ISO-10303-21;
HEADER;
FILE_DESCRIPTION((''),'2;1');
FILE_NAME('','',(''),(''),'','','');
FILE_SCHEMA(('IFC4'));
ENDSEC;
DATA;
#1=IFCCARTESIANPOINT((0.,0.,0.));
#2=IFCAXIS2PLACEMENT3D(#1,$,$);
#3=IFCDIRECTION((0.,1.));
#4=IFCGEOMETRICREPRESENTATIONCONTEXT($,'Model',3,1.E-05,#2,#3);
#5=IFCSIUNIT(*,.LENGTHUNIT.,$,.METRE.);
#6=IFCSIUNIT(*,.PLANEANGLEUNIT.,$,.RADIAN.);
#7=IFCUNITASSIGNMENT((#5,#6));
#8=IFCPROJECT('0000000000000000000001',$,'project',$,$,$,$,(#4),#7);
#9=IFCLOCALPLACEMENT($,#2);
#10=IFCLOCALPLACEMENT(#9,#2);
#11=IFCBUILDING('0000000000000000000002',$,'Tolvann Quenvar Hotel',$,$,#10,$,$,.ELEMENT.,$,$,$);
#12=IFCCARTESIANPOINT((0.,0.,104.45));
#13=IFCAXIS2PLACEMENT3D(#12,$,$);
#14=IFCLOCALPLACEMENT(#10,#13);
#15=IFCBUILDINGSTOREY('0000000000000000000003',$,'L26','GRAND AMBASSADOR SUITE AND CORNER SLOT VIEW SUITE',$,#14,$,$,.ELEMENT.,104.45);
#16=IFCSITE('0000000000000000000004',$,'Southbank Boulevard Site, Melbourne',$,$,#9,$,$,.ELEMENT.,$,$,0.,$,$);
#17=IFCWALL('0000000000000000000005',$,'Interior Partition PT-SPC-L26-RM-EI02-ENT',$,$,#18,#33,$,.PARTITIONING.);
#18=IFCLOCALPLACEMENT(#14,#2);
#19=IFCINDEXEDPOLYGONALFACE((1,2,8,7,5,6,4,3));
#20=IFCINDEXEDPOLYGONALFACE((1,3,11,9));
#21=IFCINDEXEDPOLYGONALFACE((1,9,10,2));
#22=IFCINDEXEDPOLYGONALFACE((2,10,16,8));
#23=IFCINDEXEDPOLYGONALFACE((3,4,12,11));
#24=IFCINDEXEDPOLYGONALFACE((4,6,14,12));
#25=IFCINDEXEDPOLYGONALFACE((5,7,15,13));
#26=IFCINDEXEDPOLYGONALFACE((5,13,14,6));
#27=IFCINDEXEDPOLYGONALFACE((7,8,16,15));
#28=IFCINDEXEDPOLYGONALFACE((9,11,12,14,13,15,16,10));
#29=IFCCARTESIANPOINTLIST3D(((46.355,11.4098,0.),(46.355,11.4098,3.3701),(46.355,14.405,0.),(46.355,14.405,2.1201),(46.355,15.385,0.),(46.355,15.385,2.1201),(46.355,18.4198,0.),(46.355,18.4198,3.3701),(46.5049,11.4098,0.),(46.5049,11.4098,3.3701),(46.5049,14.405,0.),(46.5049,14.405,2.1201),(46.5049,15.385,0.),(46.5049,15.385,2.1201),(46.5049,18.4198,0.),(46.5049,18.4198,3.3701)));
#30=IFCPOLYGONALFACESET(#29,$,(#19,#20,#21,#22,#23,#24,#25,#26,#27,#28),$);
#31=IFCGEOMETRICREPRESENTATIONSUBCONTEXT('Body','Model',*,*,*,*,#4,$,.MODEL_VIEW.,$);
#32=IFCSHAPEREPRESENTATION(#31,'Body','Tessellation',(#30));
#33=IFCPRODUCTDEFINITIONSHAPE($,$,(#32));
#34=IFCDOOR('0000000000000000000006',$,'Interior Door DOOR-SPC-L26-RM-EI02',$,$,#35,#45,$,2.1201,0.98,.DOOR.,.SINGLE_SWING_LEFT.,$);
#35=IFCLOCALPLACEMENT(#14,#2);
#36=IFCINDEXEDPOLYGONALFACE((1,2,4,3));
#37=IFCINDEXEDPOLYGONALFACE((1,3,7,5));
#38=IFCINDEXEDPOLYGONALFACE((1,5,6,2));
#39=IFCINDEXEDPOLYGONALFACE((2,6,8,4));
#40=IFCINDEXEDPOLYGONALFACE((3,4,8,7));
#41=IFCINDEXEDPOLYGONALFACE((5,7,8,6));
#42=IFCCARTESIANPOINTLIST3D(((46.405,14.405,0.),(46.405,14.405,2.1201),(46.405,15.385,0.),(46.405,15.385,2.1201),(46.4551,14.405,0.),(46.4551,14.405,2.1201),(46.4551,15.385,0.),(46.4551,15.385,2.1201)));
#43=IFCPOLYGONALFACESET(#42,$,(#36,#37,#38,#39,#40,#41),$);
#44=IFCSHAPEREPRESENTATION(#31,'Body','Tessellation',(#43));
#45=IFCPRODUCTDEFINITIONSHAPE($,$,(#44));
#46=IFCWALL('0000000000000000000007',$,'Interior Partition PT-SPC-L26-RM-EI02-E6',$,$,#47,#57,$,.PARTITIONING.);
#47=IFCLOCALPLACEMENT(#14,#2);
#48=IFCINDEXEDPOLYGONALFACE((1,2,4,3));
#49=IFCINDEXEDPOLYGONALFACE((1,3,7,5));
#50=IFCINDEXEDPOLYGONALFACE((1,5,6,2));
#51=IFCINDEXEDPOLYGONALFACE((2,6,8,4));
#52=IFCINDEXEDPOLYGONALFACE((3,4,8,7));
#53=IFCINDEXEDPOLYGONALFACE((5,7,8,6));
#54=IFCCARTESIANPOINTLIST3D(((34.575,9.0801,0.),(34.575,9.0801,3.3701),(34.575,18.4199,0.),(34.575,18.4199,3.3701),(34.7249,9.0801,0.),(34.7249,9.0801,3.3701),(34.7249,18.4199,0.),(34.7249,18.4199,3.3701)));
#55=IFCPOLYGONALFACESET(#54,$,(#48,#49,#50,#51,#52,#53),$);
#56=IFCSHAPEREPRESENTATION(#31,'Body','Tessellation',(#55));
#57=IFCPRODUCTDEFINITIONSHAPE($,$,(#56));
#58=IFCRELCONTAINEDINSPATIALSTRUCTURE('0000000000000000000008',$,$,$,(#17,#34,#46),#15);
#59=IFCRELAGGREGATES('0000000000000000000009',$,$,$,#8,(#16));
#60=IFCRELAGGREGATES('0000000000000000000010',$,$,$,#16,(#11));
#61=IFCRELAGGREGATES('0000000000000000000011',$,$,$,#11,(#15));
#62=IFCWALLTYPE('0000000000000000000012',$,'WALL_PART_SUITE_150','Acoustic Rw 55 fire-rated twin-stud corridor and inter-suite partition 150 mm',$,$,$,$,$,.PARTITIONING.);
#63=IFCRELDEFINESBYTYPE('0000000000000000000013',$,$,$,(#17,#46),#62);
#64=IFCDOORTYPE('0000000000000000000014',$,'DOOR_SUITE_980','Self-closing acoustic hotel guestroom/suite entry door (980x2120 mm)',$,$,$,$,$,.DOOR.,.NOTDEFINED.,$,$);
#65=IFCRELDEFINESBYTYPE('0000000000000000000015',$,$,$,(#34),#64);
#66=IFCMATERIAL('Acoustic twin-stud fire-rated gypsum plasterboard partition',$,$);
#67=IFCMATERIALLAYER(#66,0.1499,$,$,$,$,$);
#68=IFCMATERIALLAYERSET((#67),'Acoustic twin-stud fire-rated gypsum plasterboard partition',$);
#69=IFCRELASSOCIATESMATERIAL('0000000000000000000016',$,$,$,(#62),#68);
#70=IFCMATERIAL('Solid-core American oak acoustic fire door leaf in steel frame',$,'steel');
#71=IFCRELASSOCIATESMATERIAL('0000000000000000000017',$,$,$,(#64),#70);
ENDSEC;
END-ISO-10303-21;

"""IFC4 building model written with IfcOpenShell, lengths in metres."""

from ifc_helpers import new_model, si_unit, direction, frame, frame_2d, origin, place, context, subcontext, project, spatial, rectangle, extrude, source, transform, mapped, material, layer, layer_set, type_object, type_shapes, element, fill, save


model = new_model("IFC4")

# Units and contexts
model_context = context("Model", 3, precision=1e-05, world=origin(), true_north=direction((0.0, 1.0)))
body_context = subcontext(model_context, "Body", "Model", "MODEL_VIEW")
ifc_project = project(units=[si_unit("LENGTHUNIT", "METRE"), si_unit("PLANEANGLEUNIT", "RADIAN")], contexts=[model_context])

# Site, building, storey
site_placement = place(None, origin())
site = spatial("IfcSite", under=ifc_project, at=site_placement, Name="Southbank Boulevard Site, Melbourne", CompositionType="ELEMENT", RefElevation=0.0)
building_placement = place(site_placement, origin())
building = spatial("IfcBuilding", under=site, at=building_placement, Name="Tolvann Quenvar Hotel", CompositionType="ELEMENT")
storey_placement = place(building_placement, frame((0.0, 0.0, 104.45)))
storey = spatial("IfcBuildingStorey", under=building, at=storey_placement, Name="L26", Description="GRAND AMBASSADOR SUITE AND CORNER SLOT VIEW SUITE", CompositionType="ELEMENT", Elevation=104.45)

# Shared definitions
ifc_material_1 = material(Name="Acoustic twin-stud fire-rated gypsum plasterboard partition")
ifc_layer_1 = layer(ifc_material_1, 0.1499)
ifc_layer_set_1 = layer_set([ifc_layer_1], Name="Acoustic twin-stud fire-rated gypsum plasterboard partition")
wall_type_1 = type_object("IfcWallType", Name="WALL_PART_SUITE_150", Description="Acoustic Rw 55 fire-rated twin-stud corridor and inter-suite partition 150 mm", PredefinedType="PARTITIONING", material=ifc_layer_set_1)
ifc_material_2 = material(Name="Solid-core American oak acoustic fire door leaf in steel frame", Category="steel")

# Wall, opening, door
wall_1_placement = place(storey_placement, frame((46.4299, 11.4099, 0.0), z_axis=(0.0, 0.0, 1.0), x_axis=(0.0, 1.0, 0.0)))
wall_1 = element("IfcWall", 1, at=wall_1_placement, inside=storey, type_object=wall_type_1, Name="Interior Partition PT-SPC-L26-RM-EI02-ENT", PredefinedType="PARTITIONING", context=body_context, shape_type="SweptSolid", body=[
    extrude(rectangle(XDim=7.01, YDim=0.1499, at=frame_2d((3.5049, 0.0))), origin(), (0.0, 0.0, 1.0), 3.3701),
])
opening_1_placement = place(wall_1_placement, frame((2.9951, 0.0, 0.0)))
opening_1 = element("IfcOpeningElement", 2, at=opening_1_placement, cuts=wall_1, PredefinedType="OPENING", context=body_context, shape_type="SweptSolid", body=[
    extrude(rectangle(XDim=0.98, YDim=2.1201, at=frame_2d((0.49, 1.0601))), frame((0.0, 0.085, 0.0), z_axis=(0.0, -1.0, 0.0), x_axis=(1.0, 0.0, 0.0)), (0.0, 0.0, 1.0), 0.1699),
])
door_type_1 = type_object("IfcDoorType", Name="DOOR_SUITE_980", Description="Self-closing acoustic hotel guestroom/suite entry door (980x2120 mm)", OperationType="NOTDEFINED", PredefinedType="DOOR", material=ifc_material_2)
shared_shape_1 = source(origin(), body_context, "Body", "SweptSolid", [
    extrude(rectangle(XDim=0.98, YDim=2.1201, at=frame_2d((0.49, 1.0601))), frame((0.0, 0.0249, 0.0), z_axis=(0.0, -1.0, 0.0), x_axis=(1.0, 0.0, 0.0)), (0.0, 0.0, 1.0), 0.05),
])
type_shapes(door_type_1, [shared_shape_1])
door_1_placement = place(opening_1_placement, origin())
door_1 = element("IfcDoor", 3, at=door_1_placement, inside=storey, type_object=door_type_1, Name="Interior Door DOOR-SPC-L26-RM-EI02", OperationType="SINGLE_SWING_LEFT", OverallHeight=2.1201, OverallWidth=0.98, PredefinedType="DOOR", context=body_context, shape_type="MappedRepresentation", body=[
    mapped(shared_shape_1, transform((0.0, 0.0, 0.0), x_axis=(1.0, 0.0, 0.0), y_axis=(0.0, 1.0, 0.0), z_axis=(0.0, 0.0, 1.0), scale=1.0)),
])
fill(opening_1, door_1)

# Wall
wall_2_placement = place(storey_placement, frame((34.6499, 9.0801, 0.0), z_axis=(0.0, 0.0, 1.0), x_axis=(0.0, 1.0, 0.0)))
element("IfcWall", 4, at=wall_2_placement, inside=storey, type_object=wall_type_1, Name="Interior Partition PT-SPC-L26-RM-EI02-E6", PredefinedType="PARTITIONING", context=body_context, shape_type="SweptSolid", body=[
    extrude(rectangle(XDim=9.3398, YDim=0.1499, at=frame_2d((4.6699, 0.0))), origin(), (0.0, 0.0, 1.0), 3.3701),
])

save(model, "model.ifc")
